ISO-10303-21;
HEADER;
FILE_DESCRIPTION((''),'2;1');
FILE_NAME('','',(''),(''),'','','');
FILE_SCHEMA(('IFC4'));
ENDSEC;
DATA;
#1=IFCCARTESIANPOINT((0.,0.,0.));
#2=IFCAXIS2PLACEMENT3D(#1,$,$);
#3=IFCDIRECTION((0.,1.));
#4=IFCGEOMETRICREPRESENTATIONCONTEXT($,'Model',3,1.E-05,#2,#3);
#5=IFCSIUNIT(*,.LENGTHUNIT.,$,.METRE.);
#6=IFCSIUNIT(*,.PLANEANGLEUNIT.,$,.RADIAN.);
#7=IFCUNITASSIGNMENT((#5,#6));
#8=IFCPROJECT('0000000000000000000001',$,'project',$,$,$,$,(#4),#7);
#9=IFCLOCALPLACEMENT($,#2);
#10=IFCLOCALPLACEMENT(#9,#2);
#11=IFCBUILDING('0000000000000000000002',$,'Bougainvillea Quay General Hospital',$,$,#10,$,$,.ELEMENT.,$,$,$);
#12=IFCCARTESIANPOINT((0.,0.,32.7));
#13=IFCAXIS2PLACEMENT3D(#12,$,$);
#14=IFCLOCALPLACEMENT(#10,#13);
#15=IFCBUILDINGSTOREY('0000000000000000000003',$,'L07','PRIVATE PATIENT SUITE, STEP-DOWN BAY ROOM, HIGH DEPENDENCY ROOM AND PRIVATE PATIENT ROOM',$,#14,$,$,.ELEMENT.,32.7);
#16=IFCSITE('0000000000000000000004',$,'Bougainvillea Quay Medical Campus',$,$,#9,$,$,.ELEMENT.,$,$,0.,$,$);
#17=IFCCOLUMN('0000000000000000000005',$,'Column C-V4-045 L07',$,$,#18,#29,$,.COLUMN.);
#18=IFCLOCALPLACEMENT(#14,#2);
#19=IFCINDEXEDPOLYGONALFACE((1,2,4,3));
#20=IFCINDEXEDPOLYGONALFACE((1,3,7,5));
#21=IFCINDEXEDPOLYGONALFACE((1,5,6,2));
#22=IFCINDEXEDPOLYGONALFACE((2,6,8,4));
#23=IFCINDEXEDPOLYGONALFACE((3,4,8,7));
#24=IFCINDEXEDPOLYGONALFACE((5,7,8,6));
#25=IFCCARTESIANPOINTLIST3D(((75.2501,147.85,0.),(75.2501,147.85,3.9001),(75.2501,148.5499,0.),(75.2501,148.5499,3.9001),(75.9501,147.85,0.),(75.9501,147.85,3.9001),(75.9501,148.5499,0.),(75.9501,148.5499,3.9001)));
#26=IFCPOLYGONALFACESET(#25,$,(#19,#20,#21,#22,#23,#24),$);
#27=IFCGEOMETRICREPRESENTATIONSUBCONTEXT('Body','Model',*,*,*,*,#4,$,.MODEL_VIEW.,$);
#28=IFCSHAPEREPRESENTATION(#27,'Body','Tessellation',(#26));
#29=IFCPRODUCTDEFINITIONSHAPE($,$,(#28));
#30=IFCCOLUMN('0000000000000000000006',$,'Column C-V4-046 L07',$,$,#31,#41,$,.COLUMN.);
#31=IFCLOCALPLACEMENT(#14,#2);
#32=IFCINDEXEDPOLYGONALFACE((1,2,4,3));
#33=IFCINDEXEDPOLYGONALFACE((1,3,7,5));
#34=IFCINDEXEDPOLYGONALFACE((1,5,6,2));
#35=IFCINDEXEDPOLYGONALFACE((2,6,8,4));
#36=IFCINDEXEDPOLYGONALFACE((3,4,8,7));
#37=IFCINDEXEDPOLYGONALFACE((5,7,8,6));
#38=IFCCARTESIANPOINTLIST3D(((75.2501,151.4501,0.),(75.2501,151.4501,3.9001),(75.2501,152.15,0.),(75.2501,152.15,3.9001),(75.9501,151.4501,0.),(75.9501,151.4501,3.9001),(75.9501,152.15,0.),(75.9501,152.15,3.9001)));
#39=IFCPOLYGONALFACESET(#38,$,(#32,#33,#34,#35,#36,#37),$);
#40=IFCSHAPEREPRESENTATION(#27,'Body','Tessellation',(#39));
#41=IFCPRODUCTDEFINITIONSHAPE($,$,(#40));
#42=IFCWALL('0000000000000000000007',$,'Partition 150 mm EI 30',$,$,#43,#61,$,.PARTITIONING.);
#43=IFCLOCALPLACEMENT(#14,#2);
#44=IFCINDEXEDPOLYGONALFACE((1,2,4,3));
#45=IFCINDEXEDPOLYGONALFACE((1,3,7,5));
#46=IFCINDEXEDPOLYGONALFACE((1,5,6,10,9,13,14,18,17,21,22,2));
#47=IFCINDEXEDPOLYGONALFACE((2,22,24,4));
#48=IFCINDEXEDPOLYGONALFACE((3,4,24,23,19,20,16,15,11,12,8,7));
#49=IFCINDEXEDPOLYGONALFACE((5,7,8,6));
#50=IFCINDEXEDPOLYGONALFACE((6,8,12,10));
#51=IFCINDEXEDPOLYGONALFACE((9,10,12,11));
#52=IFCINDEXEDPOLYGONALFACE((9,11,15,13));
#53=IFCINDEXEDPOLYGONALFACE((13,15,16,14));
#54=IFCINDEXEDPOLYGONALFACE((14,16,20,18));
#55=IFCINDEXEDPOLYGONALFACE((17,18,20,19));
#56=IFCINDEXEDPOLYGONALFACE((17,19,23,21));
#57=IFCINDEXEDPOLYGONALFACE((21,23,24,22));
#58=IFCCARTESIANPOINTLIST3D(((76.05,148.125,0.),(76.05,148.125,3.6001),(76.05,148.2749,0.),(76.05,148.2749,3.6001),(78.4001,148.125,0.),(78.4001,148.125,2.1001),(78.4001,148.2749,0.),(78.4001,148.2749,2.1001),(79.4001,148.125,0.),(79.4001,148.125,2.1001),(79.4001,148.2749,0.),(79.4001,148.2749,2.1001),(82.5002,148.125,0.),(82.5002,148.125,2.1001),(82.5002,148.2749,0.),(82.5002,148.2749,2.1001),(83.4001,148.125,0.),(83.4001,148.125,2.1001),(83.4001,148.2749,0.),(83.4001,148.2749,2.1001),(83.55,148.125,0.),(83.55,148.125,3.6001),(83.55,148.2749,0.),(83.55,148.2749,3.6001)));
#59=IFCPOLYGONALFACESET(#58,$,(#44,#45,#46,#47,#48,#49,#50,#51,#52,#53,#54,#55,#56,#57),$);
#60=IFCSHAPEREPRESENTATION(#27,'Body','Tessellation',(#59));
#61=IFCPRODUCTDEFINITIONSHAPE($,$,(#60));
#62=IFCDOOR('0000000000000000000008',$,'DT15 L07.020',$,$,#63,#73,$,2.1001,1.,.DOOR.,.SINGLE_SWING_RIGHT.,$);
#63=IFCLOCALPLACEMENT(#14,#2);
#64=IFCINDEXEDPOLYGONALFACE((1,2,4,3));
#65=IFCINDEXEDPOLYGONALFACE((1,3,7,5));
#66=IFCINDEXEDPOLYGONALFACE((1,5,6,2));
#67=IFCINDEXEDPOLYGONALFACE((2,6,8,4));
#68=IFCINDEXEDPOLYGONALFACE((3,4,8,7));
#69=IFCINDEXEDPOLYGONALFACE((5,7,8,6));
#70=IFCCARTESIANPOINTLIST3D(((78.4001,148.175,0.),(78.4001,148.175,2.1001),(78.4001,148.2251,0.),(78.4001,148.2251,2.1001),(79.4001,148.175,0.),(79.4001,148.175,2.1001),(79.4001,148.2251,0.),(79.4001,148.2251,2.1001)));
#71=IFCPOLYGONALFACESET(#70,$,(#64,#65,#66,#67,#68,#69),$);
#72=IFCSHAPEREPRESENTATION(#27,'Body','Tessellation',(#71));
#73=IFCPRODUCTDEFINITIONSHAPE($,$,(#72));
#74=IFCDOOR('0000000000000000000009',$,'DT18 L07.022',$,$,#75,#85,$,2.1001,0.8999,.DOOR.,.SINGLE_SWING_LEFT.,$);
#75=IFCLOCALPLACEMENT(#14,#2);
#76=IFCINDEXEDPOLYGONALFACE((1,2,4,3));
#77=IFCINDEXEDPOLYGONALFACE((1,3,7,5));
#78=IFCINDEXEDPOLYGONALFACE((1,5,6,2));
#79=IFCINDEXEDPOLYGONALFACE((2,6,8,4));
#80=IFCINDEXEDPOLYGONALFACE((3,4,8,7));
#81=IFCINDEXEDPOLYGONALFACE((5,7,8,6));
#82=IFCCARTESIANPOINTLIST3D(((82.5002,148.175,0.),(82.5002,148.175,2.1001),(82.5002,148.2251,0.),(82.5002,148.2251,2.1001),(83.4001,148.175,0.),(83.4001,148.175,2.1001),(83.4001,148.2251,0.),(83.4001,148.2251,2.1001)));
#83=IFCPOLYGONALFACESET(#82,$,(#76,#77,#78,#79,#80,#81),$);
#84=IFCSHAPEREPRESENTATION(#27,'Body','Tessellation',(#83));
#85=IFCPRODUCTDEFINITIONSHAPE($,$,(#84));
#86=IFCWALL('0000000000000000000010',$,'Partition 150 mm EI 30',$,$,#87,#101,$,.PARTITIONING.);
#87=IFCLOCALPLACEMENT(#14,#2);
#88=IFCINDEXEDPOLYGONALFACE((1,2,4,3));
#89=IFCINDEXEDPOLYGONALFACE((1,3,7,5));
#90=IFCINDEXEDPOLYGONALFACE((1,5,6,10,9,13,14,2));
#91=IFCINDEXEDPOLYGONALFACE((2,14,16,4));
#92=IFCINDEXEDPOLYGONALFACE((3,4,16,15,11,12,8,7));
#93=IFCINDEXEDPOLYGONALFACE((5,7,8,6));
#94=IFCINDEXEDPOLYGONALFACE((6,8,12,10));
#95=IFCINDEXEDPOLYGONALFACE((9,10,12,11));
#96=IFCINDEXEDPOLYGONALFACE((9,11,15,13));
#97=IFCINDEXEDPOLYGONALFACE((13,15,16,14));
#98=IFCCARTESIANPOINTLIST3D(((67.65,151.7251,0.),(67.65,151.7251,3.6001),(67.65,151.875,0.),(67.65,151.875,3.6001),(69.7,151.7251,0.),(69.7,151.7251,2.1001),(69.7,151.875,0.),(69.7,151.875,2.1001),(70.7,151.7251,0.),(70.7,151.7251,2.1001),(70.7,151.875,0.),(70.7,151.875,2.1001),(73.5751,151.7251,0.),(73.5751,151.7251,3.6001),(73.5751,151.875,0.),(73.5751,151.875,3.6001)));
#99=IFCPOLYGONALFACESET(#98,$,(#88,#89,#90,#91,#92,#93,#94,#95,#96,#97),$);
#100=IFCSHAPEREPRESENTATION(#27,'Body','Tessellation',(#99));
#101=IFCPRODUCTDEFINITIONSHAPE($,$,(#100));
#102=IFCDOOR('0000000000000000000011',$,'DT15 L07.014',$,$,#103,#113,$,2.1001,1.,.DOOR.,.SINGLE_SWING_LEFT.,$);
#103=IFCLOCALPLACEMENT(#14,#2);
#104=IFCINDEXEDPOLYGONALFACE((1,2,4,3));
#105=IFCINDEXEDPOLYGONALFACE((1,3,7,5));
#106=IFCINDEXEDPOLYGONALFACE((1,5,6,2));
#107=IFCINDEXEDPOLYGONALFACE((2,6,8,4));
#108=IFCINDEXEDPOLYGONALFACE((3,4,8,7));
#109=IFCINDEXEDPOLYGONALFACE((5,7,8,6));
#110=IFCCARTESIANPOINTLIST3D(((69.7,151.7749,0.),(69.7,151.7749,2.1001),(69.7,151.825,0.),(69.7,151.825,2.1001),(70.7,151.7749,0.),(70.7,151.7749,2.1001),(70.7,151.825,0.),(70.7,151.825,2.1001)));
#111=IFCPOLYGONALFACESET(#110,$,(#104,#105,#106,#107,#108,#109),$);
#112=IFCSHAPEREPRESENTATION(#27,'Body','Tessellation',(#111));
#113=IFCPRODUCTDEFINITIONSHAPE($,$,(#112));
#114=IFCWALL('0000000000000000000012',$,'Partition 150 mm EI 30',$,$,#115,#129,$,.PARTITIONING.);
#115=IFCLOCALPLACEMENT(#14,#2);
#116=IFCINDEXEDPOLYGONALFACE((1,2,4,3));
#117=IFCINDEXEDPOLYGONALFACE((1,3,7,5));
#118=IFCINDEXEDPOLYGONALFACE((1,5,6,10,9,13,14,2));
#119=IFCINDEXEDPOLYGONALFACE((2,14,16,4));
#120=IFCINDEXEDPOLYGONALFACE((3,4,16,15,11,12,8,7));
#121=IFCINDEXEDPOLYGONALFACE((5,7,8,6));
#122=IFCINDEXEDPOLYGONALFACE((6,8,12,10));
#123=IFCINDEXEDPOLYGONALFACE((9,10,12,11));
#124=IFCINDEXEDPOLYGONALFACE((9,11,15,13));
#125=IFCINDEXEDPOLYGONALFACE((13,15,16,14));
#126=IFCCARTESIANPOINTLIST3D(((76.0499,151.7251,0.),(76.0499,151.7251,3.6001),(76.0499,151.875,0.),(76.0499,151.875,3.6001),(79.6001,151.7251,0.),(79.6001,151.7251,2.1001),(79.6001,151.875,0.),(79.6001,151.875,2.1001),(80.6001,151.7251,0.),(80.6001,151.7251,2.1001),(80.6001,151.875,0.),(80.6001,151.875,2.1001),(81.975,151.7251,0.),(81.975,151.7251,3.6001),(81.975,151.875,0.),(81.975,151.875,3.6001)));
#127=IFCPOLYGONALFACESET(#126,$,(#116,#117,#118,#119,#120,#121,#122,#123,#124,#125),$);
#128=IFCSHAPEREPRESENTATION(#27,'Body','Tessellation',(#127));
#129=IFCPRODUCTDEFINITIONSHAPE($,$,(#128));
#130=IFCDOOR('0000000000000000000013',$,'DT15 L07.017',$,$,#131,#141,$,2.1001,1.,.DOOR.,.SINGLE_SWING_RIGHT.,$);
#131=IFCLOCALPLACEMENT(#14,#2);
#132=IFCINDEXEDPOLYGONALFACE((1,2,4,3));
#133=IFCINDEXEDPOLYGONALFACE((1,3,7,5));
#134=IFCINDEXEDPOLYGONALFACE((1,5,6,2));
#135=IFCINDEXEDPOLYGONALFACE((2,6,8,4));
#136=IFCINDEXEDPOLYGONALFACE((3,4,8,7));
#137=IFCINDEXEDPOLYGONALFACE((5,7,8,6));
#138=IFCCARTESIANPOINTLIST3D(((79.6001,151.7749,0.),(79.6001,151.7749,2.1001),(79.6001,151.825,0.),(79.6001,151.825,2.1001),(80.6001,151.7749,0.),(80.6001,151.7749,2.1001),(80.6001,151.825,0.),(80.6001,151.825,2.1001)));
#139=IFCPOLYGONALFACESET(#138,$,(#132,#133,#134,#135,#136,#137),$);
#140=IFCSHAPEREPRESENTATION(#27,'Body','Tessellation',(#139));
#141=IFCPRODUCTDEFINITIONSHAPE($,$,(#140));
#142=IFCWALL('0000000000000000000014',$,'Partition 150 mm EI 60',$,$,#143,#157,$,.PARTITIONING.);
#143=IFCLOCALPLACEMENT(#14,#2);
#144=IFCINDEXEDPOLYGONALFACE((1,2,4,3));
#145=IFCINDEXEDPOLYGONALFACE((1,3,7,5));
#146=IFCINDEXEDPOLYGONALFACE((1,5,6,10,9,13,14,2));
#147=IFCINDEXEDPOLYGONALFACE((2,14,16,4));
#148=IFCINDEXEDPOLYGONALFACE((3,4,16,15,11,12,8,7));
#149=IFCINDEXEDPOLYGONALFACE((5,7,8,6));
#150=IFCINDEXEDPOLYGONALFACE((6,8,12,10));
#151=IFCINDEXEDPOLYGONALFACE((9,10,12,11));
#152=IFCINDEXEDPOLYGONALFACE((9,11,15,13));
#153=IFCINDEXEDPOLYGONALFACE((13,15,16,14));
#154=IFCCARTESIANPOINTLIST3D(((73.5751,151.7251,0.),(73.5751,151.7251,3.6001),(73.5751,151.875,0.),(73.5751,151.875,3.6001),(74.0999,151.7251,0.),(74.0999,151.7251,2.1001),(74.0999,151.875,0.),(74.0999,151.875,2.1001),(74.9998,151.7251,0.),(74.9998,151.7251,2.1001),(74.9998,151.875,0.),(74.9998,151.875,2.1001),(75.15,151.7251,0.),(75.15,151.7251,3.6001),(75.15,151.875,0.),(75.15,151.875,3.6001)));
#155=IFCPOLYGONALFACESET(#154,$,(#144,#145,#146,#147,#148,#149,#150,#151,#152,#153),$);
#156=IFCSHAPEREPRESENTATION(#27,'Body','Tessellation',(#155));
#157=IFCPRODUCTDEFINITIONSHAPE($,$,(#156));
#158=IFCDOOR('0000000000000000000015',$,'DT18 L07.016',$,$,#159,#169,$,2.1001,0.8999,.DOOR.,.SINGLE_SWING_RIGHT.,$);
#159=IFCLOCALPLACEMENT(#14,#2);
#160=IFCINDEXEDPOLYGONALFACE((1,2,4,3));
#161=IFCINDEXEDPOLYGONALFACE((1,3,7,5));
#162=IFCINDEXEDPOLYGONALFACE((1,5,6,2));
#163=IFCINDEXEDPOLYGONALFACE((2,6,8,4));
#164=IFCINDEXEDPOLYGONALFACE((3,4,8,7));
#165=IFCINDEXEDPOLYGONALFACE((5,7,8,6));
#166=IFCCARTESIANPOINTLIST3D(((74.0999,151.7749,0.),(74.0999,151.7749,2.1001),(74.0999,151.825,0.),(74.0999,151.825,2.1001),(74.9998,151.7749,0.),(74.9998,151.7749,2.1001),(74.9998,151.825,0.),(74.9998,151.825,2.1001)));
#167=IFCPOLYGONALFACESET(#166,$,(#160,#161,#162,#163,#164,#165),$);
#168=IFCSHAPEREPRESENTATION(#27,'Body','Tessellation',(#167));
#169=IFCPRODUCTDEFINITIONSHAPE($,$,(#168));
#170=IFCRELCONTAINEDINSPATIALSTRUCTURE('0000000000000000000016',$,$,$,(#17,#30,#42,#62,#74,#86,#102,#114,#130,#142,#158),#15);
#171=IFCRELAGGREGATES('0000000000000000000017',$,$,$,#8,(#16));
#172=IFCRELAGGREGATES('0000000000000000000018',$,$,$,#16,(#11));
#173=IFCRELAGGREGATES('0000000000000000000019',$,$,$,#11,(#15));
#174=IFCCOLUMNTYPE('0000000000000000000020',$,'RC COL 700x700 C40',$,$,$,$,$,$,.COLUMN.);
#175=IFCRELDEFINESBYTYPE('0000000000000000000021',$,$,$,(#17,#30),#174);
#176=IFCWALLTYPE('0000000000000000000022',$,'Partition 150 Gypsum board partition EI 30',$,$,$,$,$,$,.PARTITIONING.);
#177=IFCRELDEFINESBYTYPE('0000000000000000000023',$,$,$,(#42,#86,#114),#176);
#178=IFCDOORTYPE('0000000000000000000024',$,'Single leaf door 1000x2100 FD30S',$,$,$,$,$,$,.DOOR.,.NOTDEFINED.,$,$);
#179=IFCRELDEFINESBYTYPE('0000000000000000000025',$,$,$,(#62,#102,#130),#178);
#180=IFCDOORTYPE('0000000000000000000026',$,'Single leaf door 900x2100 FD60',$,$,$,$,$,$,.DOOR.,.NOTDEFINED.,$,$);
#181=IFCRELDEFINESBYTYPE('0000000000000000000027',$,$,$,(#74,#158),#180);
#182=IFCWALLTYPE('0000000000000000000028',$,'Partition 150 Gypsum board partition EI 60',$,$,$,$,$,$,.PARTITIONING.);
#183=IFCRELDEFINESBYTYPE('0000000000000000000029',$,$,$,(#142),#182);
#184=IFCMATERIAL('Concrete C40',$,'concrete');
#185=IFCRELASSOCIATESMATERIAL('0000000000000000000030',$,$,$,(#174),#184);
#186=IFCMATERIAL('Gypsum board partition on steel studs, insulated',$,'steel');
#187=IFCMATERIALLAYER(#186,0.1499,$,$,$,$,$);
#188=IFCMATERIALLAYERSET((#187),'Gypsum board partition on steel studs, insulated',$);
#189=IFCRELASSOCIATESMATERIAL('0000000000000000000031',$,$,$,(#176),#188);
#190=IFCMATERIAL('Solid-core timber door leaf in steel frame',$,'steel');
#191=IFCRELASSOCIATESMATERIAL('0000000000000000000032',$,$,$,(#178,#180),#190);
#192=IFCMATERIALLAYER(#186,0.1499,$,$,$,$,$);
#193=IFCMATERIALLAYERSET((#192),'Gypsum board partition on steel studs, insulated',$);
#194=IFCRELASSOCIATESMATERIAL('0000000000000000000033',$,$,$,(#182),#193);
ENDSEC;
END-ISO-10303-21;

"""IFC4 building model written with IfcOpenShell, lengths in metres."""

from ifc_helpers import new_model, si_unit, direction, frame, frame_2d, origin, origin_2d, place, context, subcontext, project, spatial, rectangle, extrude, material, layer, layer_set, material_profile, profile_set, type_object, element, fill, save


model = new_model("IFC4")

# Units and contexts
model_context = context("Model", 3, precision=1e-05, world=origin(), true_north=direction((0.0, 1.0)))
body_context = subcontext(model_context, "Body", "Model", "MODEL_VIEW")
ifc_project = project(units=[si_unit("LENGTHUNIT", "METRE"), si_unit("PLANEANGLEUNIT", "RADIAN")], contexts=[model_context])

# Site, building, storey
site_placement = place(None, origin())
site = spatial("IfcSite", under=ifc_project, at=site_placement, Name="Bougainvillea Quay Medical Campus", CompositionType="ELEMENT", RefElevation=0.0)
building_placement = place(site_placement, origin())
building = spatial("IfcBuilding", under=site, at=building_placement, Name="Bougainvillea Quay General Hospital", CompositionType="ELEMENT")
storey_placement = place(building_placement, frame((0.0, 0.0, 32.7)))
storey = spatial("IfcBuildingStorey", under=building, at=storey_placement, Name="L07", Description="PRIVATE PATIENT SUITE, STEP-DOWN BAY ROOM, HIGH DEPENDENCY ROOM AND PRIVATE PATIENT ROOM", CompositionType="ELEMENT", Elevation=32.7)

# Columns
ifc_material_1 = material(Name="Concrete C40", Category="concrete")
ifc_material_profile_1 = material_profile(ifc_material_1, rectangle(XDim=0.7, YDim=0.7, at=origin_2d()))
ifc_profile_set_1 = profile_set([ifc_material_profile_1], Name="Concrete C40")
column_type = type_object("IfcColumnType", Name="RC COL 700x700 C40", PredefinedType="COLUMN", material=ifc_profile_set_1)
for number, where, z_axis, x_axis, name in (
    (1, (75.6001, 148.2, 0.0), (0.0, 0.0, 1.0), (1.0, 0.0, 0.0), "Column C-V4-045 L07"),
    (2, (75.6001, 151.8, 0.0), (0.0, 0.0, 1.0), (1.0, 0.0, 0.0), "Column C-V4-046 L07"),
):
    element("IfcColumn", number, at=place(storey_placement, frame(where, z_axis=z_axis, x_axis=x_axis)), inside=storey, type_object=column_type, Name=name, PredefinedType="COLUMN", context=body_context, shape_type="SweptSolid", body=[
        extrude(rectangle(XDim=0.7, YDim=0.7, at=origin_2d()), origin(), (0.0, 0.0, 1.0), 3.9001),
    ])

# Wall, openings, doors
ifc_material_2 = material(Name="Gypsum board partition on steel studs, insulated", Category="steel")
ifc_layer_1 = layer(ifc_material_2, 0.1499)
ifc_layer_set_1 = layer_set([ifc_layer_1], Name="Gypsum board partition on steel studs, insulated")
wall_type_1 = type_object("IfcWallType", Name="Partition 150 Gypsum board partition EI 30", PredefinedType="PARTITIONING", material=ifc_layer_set_1)
wall_1_placement = place(storey_placement, frame((83.55, 148.2, 0.0), z_axis=(0.0, 0.0, 1.0), x_axis=(-1.0, 0.0, 0.0)))
wall_1 = element("IfcWall", 3, at=wall_1_placement, inside=storey, type_object=wall_type_1, Name="Partition 150 mm EI 30", PredefinedType="PARTITIONING", context=body_context, shape_type="SweptSolid", body=[
    extrude(rectangle(XDim=7.5, YDim=0.1499, at=frame_2d((3.75, 0.0))), origin(), (0.0, 0.0, 1.0), 3.6001),
])
opening_1_placement = place(wall_1_placement, frame((4.1499, 0.0, 0.0)))
opening_1 = element("IfcOpeningElement", 4, at=opening_1_placement, cuts=wall_1, PredefinedType="OPENING", context=body_context, shape_type="SweptSolid", body=[
    extrude(rectangle(XDim=1.0, YDim=2.1001, at=frame_2d((0.5, 1.05))), frame((0.0, 0.085, 0.0), z_axis=(0.0, -1.0, 0.0), x_axis=(1.0, 0.0, 0.0)), (0.0, 0.0, 1.0), 0.1699),
])
opening_2_placement = place(wall_1_placement, frame((0.1499, 0.0, 0.0)))
opening_2 = element("IfcOpeningElement", 5, at=opening_2_placement, cuts=wall_1, PredefinedType="OPENING", context=body_context, shape_type="SweptSolid", body=[
    extrude(rectangle(XDim=0.8999, YDim=2.1001, at=frame_2d((0.45, 1.05))), frame((0.0, 0.085, 0.0), z_axis=(0.0, -1.0, 0.0), x_axis=(1.0, 0.0, 0.0)), (0.0, 0.0, 1.0), 0.1699),
])
ifc_material_3 = material(Name="Solid-core timber door leaf in steel frame", Category="steel")
door_type_1 = type_object("IfcDoorType", Name="Single leaf door 1000x2100 FD30S", OperationType="NOTDEFINED", PredefinedType="DOOR", material=ifc_material_3)
door_1_placement = place(opening_1_placement, origin())
door_1 = element("IfcDoor", 6, at=door_1_placement, inside=storey, type_object=door_type_1, Name="DT15 L07.020", OperationType="SINGLE_SWING_RIGHT", OverallHeight=2.1001, OverallWidth=1.0, PredefinedType="DOOR", context=body_context, shape_type="SweptSolid", body=[
    extrude(rectangle(XDim=1.0, YDim=2.1001, at=frame_2d((0.5, 1.05))), frame((0.0, 0.0249, 0.0), z_axis=(0.0, -1.0, 0.0), x_axis=(1.0, 0.0, 0.0)), (0.0, 0.0, 1.0), 0.05),
])
fill(opening_1, door_1)
door_type_2 = type_object("IfcDoorType", Name="Single leaf door 900x2100 FD60", OperationType="NOTDEFINED", PredefinedType="DOOR", material=ifc_material_3)
door_2_placement = place(opening_2_placement, origin())
door_2 = element("IfcDoor", 7, at=door_2_placement, inside=storey, type_object=door_type_2, Name="DT18 L07.022", OperationType="SINGLE_SWING_LEFT", OverallHeight=2.1001, OverallWidth=0.8999, PredefinedType="DOOR", context=body_context, shape_type="SweptSolid", body=[
    extrude(rectangle(XDim=0.8999, YDim=2.1001, at=frame_2d((0.45, 1.05))), frame((0.0, 0.0249, 0.0), z_axis=(0.0, -1.0, 0.0), x_axis=(1.0, 0.0, 0.0)), (0.0, 0.0, 1.0), 0.05),
])
fill(opening_2, door_2)

# Walls, openings, doors
wall_2_placement = place(storey_placement, frame((73.575, 151.8, 0.0), z_axis=(0.0, 0.0, 1.0), x_axis=(-1.0, 0.0, 0.0)))
wall_2 = element("IfcWall", 8, at=wall_2_placement, inside=storey, type_object=wall_type_1, Name="Partition 150 mm EI 30", PredefinedType="PARTITIONING", context=body_context, shape_type="SweptSolid", body=[
    extrude(rectangle(XDim=5.925, YDim=0.1499, at=frame_2d((2.9624, 0.0))), origin(), (0.0, 0.0, 1.0), 3.6001),
])
opening_3_placement = place(wall_2_placement, frame((2.875, 0.0, 0.0)))
opening_3 = element("IfcOpeningElement", 9, at=opening_3_placement, cuts=wall_2, PredefinedType="OPENING", context=body_context, shape_type="SweptSolid", body=[
    extrude(rectangle(XDim=1.0, YDim=2.1001, at=frame_2d((0.5, 1.05))), frame((0.0, 0.085, 0.0), z_axis=(0.0, -1.0, 0.0), x_axis=(1.0, 0.0, 0.0)), (0.0, 0.0, 1.0), 0.1699),
])
door_3_placement = place(opening_3_placement, frame((1.0, 0.0, 0.0), z_axis=(0.0, 0.0, 1.0), x_axis=(-1.0, 0.0, 0.0)))
door_3 = element("IfcDoor", 10, at=door_3_placement, inside=storey, type_object=door_type_1, Name="DT15 L07.014", OperationType="SINGLE_SWING_LEFT", OverallHeight=2.1001, OverallWidth=1.0, PredefinedType="DOOR", context=body_context, shape_type="SweptSolid", body=[
    extrude(rectangle(XDim=1.0, YDim=2.1001, at=frame_2d((0.5, 1.05))), frame((0.0, 0.0249, 0.0), z_axis=(0.0, -1.0, 0.0), x_axis=(1.0, 0.0, 0.0)), (0.0, 0.0, 1.0), 0.05),
])
fill(opening_3, door_3)
wall_3_placement = place(storey_placement, frame((76.05, 151.8, 0.0), z_axis=(0.0, 0.0, 1.0), x_axis=(1.0, 0.0, 0.0)))
wall_3 = element("IfcWall", 11, at=wall_3_placement, inside=storey, type_object=wall_type_1, Name="Partition 150 mm EI 30", PredefinedType="PARTITIONING", context=body_context, shape_type="SweptSolid", body=[
    extrude(rectangle(XDim=5.925, YDim=0.1499, at=frame_2d((2.9624, 0.0))), origin(), (0.0, 0.0, 1.0), 3.6001),
])
opening_4_placement = place(wall_3_placement, frame((3.55, 0.0, 0.0)))
opening_4 = element("IfcOpeningElement", 12, at=opening_4_placement, cuts=wall_3, PredefinedType="OPENING", context=body_context, shape_type="SweptSolid", body=[
    extrude(rectangle(XDim=1.0, YDim=2.1001, at=frame_2d((0.5, 1.05))), frame((0.0, 0.085, 0.0), z_axis=(0.0, -1.0, 0.0), x_axis=(1.0, 0.0, 0.0)), (0.0, 0.0, 1.0), 0.1699),
])
door_4_placement = place(opening_4_placement, origin())
door_4 = element("IfcDoor", 13, at=door_4_placement, inside=storey, type_object=door_type_1, Name="DT15 L07.017", OperationType="SINGLE_SWING_RIGHT", OverallHeight=2.1001, OverallWidth=1.0, PredefinedType="DOOR", context=body_context, shape_type="SweptSolid", body=[
    extrude(rectangle(XDim=1.0, YDim=2.1001, at=frame_2d((0.5, 1.05))), frame((0.0, 0.0249, 0.0), z_axis=(0.0, -1.0, 0.0), x_axis=(1.0, 0.0, 0.0)), (0.0, 0.0, 1.0), 0.05),
])
fill(opening_4, door_4)
ifc_layer_2 = layer(ifc_material_2, 0.1499)
ifc_layer_set_2 = layer_set([ifc_layer_2], Name="Gypsum board partition on steel studs, insulated")
wall_type_2 = type_object("IfcWallType", Name="Partition 150 Gypsum board partition EI 60", PredefinedType="PARTITIONING", material=ifc_layer_set_2)
wall_4_placement = place(storey_placement, frame((73.575, 151.8, 0.0), z_axis=(0.0, 0.0, 1.0), x_axis=(1.0, 0.0, 0.0)))
wall_4 = element("IfcWall", 14, at=wall_4_placement, inside=storey, type_object=wall_type_2, Name="Partition 150 mm EI 60", PredefinedType="PARTITIONING", context=body_context, shape_type="SweptSolid", body=[
    extrude(rectangle(XDim=1.575, YDim=0.1499, at=frame_2d((0.7876, 0.0))), origin(), (0.0, 0.0, 1.0), 3.6001),
])
opening_5_placement = place(wall_4_placement, frame((0.5249, 0.0, 0.0)))
opening_5 = element("IfcOpeningElement", 15, at=opening_5_placement, cuts=wall_4, PredefinedType="OPENING", context=body_context, shape_type="SweptSolid", body=[
    extrude(rectangle(XDim=0.8999, YDim=2.1001, at=frame_2d((0.45, 1.05))), frame((0.0, 0.085, 0.0), z_axis=(0.0, -1.0, 0.0), x_axis=(1.0, 0.0, 0.0)), (0.0, 0.0, 1.0), 0.1699),
])
door_5_placement = place(opening_5_placement, origin())
door_5 = element("IfcDoor", 16, at=door_5_placement, inside=storey, type_object=door_type_2, Name="DT18 L07.016", OperationType="SINGLE_SWING_RIGHT", OverallHeight=2.1001, OverallWidth=0.8999, PredefinedType="DOOR", context=body_context, shape_type="SweptSolid", body=[
    extrude(rectangle(XDim=0.8999, YDim=2.1001, at=frame_2d((0.45, 1.05))), frame((0.0, 0.0249, 0.0), z_axis=(0.0, -1.0, 0.0), x_axis=(1.0, 0.0, 0.0)), (0.0, 0.0, 1.0), 0.05),
])
fill(opening_5, door_5)

save(model, "model.ifc")
